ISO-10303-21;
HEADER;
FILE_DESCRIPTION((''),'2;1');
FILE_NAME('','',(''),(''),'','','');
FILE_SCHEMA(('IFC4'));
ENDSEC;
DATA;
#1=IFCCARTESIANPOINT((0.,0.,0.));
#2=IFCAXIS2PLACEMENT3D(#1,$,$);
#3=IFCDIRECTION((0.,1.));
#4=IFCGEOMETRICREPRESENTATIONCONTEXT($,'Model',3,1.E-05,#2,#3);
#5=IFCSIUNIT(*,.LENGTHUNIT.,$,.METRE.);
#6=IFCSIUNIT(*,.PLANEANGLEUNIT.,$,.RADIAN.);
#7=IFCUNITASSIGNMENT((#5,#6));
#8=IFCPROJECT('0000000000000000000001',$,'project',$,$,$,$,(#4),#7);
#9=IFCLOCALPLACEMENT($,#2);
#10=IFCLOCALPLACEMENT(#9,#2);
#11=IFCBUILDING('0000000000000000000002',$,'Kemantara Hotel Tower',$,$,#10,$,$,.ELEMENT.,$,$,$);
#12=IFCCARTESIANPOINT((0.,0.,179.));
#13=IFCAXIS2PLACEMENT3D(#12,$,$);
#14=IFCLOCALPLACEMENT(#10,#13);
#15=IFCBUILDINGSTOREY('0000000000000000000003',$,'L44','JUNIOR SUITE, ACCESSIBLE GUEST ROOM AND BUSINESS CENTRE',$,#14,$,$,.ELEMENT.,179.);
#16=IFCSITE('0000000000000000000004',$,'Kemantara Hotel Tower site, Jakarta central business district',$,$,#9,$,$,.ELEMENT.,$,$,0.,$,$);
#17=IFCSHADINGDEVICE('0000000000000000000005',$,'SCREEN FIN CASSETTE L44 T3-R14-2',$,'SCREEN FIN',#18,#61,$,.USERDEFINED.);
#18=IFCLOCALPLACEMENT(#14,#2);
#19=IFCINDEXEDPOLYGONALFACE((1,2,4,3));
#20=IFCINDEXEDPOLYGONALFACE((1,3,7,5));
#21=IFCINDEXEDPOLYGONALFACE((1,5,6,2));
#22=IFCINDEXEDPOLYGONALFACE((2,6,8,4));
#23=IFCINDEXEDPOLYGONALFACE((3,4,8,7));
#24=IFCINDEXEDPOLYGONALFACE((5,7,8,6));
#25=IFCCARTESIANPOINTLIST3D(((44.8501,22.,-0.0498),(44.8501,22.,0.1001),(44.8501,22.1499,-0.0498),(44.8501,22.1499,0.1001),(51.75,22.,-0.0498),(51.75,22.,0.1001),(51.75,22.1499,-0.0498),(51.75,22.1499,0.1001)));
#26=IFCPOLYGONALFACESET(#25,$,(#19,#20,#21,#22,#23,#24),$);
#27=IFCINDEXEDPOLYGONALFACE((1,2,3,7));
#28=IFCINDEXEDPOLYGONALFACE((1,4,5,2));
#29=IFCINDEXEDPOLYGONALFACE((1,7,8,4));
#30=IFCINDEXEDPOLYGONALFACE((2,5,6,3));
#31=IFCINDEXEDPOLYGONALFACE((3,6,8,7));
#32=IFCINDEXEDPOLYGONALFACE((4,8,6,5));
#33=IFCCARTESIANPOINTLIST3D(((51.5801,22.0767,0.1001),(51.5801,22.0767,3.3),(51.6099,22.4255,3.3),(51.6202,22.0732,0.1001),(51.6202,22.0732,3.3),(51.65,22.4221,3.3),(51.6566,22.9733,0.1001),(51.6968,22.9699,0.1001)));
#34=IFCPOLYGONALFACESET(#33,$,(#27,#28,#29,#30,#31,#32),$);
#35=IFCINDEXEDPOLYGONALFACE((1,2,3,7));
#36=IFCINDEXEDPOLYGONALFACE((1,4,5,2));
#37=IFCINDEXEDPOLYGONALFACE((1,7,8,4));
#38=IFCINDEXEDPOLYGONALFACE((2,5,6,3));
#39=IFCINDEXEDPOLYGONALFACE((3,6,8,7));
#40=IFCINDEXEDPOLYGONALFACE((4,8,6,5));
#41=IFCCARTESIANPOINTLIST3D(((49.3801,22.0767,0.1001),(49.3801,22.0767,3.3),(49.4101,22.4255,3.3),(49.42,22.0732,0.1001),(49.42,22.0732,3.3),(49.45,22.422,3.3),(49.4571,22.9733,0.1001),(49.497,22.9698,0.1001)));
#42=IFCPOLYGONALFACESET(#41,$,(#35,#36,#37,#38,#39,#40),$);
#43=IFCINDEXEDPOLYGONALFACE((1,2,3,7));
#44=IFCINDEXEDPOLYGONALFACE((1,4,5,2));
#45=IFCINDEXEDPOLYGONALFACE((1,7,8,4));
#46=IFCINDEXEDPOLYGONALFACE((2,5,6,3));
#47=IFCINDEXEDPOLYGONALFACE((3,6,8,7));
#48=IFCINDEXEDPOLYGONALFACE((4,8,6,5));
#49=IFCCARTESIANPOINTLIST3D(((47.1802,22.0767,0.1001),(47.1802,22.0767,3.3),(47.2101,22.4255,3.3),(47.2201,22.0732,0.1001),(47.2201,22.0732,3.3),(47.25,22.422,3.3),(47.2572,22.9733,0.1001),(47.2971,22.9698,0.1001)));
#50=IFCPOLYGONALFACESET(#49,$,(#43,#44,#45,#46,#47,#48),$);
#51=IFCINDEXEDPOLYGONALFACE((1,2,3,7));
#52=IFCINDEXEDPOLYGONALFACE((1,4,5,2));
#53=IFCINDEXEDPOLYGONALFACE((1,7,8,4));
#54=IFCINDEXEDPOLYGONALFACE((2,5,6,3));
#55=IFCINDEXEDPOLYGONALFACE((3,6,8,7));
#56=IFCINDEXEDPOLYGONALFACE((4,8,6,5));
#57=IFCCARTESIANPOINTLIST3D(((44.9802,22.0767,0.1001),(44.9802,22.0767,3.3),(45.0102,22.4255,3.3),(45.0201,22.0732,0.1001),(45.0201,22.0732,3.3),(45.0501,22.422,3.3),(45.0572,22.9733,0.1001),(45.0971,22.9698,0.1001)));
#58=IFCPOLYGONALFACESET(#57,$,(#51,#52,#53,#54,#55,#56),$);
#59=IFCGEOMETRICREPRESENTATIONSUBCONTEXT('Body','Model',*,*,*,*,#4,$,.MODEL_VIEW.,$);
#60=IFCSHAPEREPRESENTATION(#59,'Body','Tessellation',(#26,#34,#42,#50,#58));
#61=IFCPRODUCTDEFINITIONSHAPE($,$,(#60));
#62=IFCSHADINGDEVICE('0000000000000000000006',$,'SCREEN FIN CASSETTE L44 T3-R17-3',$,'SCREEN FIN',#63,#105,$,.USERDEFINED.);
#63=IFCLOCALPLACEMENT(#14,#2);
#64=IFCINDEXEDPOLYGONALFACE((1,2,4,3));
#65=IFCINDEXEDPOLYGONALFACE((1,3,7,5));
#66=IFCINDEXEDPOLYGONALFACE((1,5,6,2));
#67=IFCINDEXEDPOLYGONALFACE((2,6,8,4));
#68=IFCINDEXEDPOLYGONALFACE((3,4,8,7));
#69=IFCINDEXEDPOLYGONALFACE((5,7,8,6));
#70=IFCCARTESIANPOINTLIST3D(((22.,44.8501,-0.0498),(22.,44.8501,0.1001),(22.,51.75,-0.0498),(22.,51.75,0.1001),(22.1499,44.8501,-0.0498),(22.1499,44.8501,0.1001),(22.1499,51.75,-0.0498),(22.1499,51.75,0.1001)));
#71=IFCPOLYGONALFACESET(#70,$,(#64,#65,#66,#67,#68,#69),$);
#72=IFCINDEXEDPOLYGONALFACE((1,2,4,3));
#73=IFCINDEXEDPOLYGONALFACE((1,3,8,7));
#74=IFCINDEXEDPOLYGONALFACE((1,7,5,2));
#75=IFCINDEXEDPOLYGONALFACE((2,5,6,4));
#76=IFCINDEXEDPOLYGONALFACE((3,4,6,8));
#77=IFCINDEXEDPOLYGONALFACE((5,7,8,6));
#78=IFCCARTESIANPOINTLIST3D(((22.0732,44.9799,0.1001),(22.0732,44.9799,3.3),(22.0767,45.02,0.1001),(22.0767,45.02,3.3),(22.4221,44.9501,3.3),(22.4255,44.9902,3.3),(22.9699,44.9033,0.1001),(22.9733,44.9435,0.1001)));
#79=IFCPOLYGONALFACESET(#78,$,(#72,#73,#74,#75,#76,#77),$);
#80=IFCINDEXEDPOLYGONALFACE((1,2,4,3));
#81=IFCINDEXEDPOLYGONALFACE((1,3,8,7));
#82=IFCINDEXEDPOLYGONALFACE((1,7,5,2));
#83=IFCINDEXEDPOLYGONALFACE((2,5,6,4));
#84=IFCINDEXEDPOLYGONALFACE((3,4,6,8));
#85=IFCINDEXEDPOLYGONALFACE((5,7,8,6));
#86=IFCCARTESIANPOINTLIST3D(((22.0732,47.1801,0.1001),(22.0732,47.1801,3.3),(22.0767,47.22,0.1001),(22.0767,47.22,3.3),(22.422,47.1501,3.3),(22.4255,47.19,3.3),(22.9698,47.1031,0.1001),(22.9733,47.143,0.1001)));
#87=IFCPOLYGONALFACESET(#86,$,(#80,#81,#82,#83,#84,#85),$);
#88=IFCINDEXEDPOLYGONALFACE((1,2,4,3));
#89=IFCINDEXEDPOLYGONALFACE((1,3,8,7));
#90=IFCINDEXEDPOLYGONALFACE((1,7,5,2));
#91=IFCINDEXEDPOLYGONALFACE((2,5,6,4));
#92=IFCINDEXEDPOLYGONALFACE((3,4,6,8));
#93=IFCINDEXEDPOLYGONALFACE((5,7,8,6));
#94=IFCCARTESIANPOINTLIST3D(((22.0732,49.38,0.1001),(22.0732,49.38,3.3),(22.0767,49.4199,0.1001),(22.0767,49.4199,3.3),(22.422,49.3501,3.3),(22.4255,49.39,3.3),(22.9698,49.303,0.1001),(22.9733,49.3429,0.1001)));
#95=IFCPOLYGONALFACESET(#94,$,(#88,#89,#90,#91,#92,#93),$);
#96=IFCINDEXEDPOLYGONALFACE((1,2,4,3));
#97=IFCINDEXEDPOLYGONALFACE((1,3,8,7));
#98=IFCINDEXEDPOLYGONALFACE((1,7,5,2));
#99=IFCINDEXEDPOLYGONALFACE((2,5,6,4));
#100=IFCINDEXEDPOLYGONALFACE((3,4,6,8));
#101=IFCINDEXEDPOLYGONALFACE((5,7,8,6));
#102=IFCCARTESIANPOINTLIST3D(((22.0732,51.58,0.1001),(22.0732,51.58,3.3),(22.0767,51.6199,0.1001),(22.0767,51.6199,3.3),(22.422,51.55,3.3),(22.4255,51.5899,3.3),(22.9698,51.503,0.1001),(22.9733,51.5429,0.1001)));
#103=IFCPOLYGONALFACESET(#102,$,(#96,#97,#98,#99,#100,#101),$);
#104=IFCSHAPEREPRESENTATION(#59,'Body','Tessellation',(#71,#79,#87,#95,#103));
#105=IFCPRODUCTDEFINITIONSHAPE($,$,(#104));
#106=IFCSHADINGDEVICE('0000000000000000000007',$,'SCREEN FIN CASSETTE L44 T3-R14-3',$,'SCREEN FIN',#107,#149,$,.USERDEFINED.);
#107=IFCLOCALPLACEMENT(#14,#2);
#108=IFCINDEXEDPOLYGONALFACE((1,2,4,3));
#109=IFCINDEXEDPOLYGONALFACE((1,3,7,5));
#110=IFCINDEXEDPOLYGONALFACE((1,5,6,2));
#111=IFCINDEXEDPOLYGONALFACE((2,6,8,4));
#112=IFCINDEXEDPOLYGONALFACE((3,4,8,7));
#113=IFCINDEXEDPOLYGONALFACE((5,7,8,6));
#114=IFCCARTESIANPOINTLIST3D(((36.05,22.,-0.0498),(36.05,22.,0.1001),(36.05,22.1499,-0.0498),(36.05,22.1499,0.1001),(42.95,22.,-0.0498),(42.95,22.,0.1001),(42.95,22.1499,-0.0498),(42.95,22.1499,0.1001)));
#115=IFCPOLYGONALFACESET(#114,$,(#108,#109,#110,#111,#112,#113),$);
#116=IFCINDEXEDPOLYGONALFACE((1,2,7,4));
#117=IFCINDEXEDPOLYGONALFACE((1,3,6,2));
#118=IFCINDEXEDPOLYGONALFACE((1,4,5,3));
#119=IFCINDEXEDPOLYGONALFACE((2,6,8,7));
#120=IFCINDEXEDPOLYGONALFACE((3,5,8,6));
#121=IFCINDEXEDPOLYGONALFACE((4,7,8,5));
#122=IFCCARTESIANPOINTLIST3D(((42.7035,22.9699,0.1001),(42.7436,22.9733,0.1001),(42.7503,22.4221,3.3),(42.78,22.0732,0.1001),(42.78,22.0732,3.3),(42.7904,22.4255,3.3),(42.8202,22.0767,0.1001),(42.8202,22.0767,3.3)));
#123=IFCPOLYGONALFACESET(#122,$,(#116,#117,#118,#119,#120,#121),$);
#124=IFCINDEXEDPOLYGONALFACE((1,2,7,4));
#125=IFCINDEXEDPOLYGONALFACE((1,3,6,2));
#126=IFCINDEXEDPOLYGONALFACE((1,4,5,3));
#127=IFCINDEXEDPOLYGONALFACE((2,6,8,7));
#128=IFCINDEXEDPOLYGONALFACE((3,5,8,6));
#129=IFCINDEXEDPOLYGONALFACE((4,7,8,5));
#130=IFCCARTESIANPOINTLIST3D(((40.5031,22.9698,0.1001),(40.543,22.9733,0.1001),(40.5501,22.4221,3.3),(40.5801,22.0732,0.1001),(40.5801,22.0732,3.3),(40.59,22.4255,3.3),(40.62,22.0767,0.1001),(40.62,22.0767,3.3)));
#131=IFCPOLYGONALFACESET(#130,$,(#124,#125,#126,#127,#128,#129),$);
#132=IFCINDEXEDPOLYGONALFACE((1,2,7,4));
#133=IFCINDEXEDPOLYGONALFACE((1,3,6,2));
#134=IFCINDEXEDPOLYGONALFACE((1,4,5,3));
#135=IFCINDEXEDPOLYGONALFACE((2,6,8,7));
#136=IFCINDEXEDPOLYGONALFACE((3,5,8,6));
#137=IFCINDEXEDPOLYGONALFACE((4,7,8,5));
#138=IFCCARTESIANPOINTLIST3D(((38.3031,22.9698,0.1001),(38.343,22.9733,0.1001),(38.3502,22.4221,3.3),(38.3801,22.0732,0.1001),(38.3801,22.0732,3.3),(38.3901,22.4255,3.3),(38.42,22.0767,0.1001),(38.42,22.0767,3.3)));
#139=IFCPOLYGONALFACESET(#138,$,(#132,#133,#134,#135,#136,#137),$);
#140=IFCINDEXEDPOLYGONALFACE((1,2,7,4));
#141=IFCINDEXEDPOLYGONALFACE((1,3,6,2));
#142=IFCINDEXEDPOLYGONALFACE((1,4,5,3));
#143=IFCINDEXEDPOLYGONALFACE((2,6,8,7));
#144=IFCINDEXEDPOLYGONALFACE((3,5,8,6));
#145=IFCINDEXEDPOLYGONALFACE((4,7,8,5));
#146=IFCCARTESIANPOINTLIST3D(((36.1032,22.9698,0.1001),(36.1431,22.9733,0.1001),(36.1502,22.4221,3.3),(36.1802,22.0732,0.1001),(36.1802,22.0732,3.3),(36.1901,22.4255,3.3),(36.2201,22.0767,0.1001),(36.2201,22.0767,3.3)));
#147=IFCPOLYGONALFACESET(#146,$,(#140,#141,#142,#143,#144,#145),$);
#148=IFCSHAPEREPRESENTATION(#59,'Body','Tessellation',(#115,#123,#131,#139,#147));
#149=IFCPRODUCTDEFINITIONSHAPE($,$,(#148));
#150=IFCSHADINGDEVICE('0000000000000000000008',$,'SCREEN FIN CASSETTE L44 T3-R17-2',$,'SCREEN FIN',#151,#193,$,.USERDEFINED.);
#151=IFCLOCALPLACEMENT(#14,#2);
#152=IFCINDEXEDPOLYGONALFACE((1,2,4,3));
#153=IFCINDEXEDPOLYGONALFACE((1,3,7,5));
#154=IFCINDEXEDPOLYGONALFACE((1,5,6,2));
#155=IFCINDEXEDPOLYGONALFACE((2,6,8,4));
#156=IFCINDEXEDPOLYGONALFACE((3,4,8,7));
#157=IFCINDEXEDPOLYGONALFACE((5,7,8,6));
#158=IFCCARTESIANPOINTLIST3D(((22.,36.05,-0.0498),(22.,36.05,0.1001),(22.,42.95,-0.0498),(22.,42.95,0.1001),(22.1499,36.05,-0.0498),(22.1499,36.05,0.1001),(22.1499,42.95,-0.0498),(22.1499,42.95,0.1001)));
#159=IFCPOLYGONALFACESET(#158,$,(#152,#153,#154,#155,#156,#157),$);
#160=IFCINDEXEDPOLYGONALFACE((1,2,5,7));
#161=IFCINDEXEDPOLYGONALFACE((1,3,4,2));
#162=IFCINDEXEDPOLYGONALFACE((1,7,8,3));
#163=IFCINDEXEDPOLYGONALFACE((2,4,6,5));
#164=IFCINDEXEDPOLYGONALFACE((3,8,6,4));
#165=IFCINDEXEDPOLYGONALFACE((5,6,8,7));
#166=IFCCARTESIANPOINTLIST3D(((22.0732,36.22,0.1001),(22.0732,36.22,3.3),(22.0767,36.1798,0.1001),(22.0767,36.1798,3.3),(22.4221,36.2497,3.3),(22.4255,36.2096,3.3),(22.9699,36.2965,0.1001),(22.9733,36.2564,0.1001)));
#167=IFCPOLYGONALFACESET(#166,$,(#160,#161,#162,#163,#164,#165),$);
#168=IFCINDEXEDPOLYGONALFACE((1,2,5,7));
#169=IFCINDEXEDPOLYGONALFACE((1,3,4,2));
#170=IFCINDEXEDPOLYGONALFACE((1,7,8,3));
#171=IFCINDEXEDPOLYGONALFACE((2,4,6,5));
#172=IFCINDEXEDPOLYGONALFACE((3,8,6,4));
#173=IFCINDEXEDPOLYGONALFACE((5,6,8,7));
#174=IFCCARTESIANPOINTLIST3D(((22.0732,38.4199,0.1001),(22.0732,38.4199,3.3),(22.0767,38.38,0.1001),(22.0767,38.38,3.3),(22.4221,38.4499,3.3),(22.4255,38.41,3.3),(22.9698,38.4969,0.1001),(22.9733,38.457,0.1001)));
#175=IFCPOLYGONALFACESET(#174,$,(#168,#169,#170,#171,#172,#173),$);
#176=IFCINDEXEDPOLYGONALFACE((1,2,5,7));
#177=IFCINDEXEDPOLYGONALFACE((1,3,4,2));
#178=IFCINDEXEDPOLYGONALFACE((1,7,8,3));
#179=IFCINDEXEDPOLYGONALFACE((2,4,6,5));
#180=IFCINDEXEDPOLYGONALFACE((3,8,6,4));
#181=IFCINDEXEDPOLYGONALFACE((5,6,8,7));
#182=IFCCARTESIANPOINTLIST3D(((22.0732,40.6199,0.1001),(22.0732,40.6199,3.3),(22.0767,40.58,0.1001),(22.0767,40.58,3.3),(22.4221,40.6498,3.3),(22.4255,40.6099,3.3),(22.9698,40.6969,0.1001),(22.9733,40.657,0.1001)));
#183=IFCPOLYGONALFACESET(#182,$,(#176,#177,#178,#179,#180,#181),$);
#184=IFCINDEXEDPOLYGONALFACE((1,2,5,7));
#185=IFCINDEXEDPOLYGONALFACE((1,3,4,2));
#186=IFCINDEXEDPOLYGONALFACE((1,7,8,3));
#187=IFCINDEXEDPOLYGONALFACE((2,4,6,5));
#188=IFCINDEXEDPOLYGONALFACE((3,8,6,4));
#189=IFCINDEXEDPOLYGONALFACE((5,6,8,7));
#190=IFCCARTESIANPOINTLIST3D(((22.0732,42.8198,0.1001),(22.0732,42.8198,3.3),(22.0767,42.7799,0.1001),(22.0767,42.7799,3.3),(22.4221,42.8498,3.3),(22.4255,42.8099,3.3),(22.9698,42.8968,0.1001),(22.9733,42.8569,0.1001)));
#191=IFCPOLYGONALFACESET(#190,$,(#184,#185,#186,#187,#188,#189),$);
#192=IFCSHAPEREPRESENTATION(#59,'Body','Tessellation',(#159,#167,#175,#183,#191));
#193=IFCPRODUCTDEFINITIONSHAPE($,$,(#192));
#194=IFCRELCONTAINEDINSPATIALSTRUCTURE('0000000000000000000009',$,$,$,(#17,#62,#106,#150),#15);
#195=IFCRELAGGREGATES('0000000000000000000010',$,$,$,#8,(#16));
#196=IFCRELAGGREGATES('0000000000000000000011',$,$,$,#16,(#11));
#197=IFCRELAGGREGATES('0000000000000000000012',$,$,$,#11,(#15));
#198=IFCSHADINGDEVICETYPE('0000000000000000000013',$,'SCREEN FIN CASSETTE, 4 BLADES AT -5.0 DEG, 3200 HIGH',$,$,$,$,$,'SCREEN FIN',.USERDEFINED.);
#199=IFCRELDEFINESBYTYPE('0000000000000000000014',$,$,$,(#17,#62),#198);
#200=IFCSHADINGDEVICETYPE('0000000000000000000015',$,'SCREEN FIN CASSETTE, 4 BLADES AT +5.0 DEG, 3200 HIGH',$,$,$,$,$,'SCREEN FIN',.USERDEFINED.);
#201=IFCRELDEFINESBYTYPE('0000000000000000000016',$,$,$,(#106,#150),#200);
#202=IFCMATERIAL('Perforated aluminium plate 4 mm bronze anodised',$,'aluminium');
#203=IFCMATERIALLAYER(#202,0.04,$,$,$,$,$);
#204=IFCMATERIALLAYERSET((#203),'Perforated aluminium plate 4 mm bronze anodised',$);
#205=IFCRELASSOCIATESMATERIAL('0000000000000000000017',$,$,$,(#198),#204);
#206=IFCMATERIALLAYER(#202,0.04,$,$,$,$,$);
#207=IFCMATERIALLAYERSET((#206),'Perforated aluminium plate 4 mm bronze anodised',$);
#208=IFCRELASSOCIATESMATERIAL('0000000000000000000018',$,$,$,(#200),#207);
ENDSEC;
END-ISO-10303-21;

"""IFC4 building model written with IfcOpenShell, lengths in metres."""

from ifc_helpers import new_model, si_unit, direction, frame, origin, origin_2d, place, context, subcontext, project, spatial, polyline, rectangle, outline, extrude, source, transform, mapped, material, layer, layer_set, type_object, element, save


model = new_model("IFC4")

# Units and contexts
model_context = context("Model", 3, precision=1e-05, world=origin(), true_north=direction((0.0, 1.0)))
body_context = subcontext(model_context, "Body", "Model", "MODEL_VIEW")
ifc_project = project(units=[si_unit("LENGTHUNIT", "METRE"), si_unit("PLANEANGLEUNIT", "RADIAN")], contexts=[model_context])

# Site, building, storey
site_placement = place(None, origin())
site = spatial("IfcSite", under=ifc_project, at=site_placement, Name="Kemantara Hotel Tower site, Jakarta central business district", CompositionType="ELEMENT", RefElevation=0.0)
building_placement = place(site_placement, origin())
building = spatial("IfcBuilding", under=site, at=building_placement, Name="Kemantara Hotel Tower", CompositionType="ELEMENT")
storey_placement = place(building_placement, frame((0.0, 0.0, 179.0)))
storey = spatial("IfcBuildingStorey", under=building, at=storey_placement, Name="L44", Description="JUNIOR SUITE, ACCESSIBLE GUEST ROOM AND BUSINESS CENTRE", CompositionType="ELEMENT", Elevation=179.0)

# Shading devices
ifc_material_1 = material(Name="Perforated aluminium plate 4 mm bronze anodised", Category="aluminium")
ifc_layer_1 = layer(ifc_material_1, 0.04)
ifc_layer_set_1 = layer_set([ifc_layer_1], Name="Perforated aluminium plate 4 mm bronze anodised")
shading_device_type_1 = type_object("IfcShadingDeviceType", Name="SCREEN FIN CASSETTE, 4 BLADES AT -5.0 DEG, 3200 HIGH", ElementType="SCREEN FIN", PredefinedType="USERDEFINED", material=ifc_layer_set_1)
shared_shape_1 = source(origin(), body_context, "Body", "SweptSolid", [
    extrude(rectangle(XDim=6.8999, YDim=0.1499, at=origin_2d()), frame((3.3, -0.075, -0.1499), z_axis=(0.0, 0.0, 1.0), x_axis=(1.0, 0.0, 0.0)), (0.0, 0.0, 1.0), 0.1499),
    extrude(outline(polyline([(0.0, 0.0), (0.8999, 0.0), (0.3501, 3.2), (0.0, 3.2), (0.0, 0.0)])), frame((0.02, -0.0767, 0.0), z_axis=(-0.996376, 0.085056, 0.0), x_axis=(-0.085056, -0.996376, 0.0)), (0.0, 0.0, 1.0), 0.0403),
    extrude(outline(polyline([(0.0, 0.0), (0.8999, 0.0), (0.3501, 3.2), (0.0, 3.2), (0.0, 0.0)])), frame((2.22, -0.0767, 0.0), z_axis=(-0.996332, 0.085575, 0.0), x_axis=(-0.085575, -0.996332, 0.0)), (0.0, 0.0, 1.0), 0.04),
    extrude(outline(polyline([(0.0, 0.0), (0.8999, 0.0), (0.3501, 3.2), (0.0, 3.2), (0.0, 0.0)])), frame((4.4199, -0.0767, 0.0), z_axis=(-0.996332, 0.085575, 0.0), x_axis=(-0.085575, -0.996332, 0.0)), (0.0, 0.0, 1.0), 0.04),
    extrude(outline(polyline([(0.0, 0.0), (0.8999, 0.0), (0.3501, 3.2), (0.0, 3.2), (0.0, 0.0)])), frame((6.6199, -0.0767, 0.0), z_axis=(-0.996332, 0.085575, 0.0), x_axis=(-0.085575, -0.996332, 0.0)), (0.0, 0.0, 1.0), 0.04),
])
for number, where, z_axis, x_axis, name in (
    (1, (51.6001, 22.0, 0.1001), (0.0, 0.0, 1.0), (-1.0, 0.0, 0.0), "SCREEN FIN CASSETTE L44 T3-R14-2"),
    (2, (22.0, 45.0, 0.1001), (0.0, 0.0, 1.0), (0.0, 1.0, 0.0), "SCREEN FIN CASSETTE L44 T3-R17-3"),
):
    element("IfcShadingDevice", number, at=place(storey_placement, frame(where, z_axis=z_axis, x_axis=x_axis)), inside=storey, type_object=shading_device_type_1, Name=name, ObjectType="SCREEN FIN", PredefinedType="USERDEFINED", context=body_context, shape_type="MappedRepresentation", body=[
        mapped(shared_shape_1, transform((0.0, 0.0, 0.0))),
    ])
ifc_layer_2 = layer(ifc_material_1, 0.04)
ifc_layer_set_2 = layer_set([ifc_layer_2], Name="Perforated aluminium plate 4 mm bronze anodised")
shading_device_type_2 = type_object("IfcShadingDeviceType", Name="SCREEN FIN CASSETTE, 4 BLADES AT +5.0 DEG, 3200 HIGH", ElementType="SCREEN FIN", PredefinedType="USERDEFINED", material=ifc_layer_set_2)
shared_shape_2 = source(origin(), body_context, "Body", "SweptSolid", [
    extrude(rectangle(XDim=6.8999, YDim=0.1499, at=origin_2d()), frame((3.3, -0.075, -0.1499), z_axis=(0.0, 0.0, 1.0), x_axis=(1.0, 0.0, 0.0)), (0.0, 0.0, 1.0), 0.1499),
    extrude(outline(polyline([(0.0, 0.0), (0.8999, 0.0), (0.3501, 3.2), (0.0, 3.2), (0.0, 0.0)])), frame((0.02, -0.0732, 0.0), z_axis=(-0.996376, -0.085056, 0.0), x_axis=(0.085056, -0.996376, 0.0)), (0.0, 0.0, 1.0), 0.0403),
    extrude(outline(polyline([(0.0, 0.0), (0.8999, 0.0), (0.3501, 3.2), (0.0, 3.2), (0.0, 0.0)])), frame((2.22, -0.0732, 0.0), z_axis=(-0.996332, -0.085575, 0.0), x_axis=(0.085575, -0.996332, 0.0)), (0.0, 0.0, 1.0), 0.04),
    extrude(outline(polyline([(0.0, 0.0), (0.8999, 0.0), (0.3501, 3.2), (0.0, 3.2), (0.0, 0.0)])), frame((4.4199, -0.0732, 0.0), z_axis=(-0.996332, -0.085575, 0.0), x_axis=(0.085575, -0.996332, 0.0)), (0.0, 0.0, 1.0), 0.04),
    extrude(outline(polyline([(0.0, 0.0), (0.8999, 0.0), (0.3501, 3.2), (0.0, 3.2), (0.0, 0.0)])), frame((6.6199, -0.0732, 0.0), z_axis=(-0.996332, -0.085575, 0.0), x_axis=(0.085575, -0.996332, 0.0)), (0.0, 0.0, 1.0), 0.04),
])
for number, where, z_axis, x_axis, name in (
    (3, (42.8, 22.0, 0.1001), (0.0, 0.0, 1.0), (-1.0, 0.0, 0.0), "SCREEN FIN CASSETTE L44 T3-R14-3"),
    (4, (22.0, 36.2, 0.1001), (0.0, 0.0, 1.0), (0.0, 1.0, 0.0), "SCREEN FIN CASSETTE L44 T3-R17-2"),
):
    element("IfcShadingDevice", number, at=place(storey_placement, frame(where, z_axis=z_axis, x_axis=x_axis)), inside=storey, type_object=shading_device_type_2, Name=name, ObjectType="SCREEN FIN", PredefinedType="USERDEFINED", context=body_context, shape_type="MappedRepresentation", body=[
        mapped(shared_shape_2, transform((0.0, 0.0, 0.0))),
    ])

save(model, "model.ifc")
